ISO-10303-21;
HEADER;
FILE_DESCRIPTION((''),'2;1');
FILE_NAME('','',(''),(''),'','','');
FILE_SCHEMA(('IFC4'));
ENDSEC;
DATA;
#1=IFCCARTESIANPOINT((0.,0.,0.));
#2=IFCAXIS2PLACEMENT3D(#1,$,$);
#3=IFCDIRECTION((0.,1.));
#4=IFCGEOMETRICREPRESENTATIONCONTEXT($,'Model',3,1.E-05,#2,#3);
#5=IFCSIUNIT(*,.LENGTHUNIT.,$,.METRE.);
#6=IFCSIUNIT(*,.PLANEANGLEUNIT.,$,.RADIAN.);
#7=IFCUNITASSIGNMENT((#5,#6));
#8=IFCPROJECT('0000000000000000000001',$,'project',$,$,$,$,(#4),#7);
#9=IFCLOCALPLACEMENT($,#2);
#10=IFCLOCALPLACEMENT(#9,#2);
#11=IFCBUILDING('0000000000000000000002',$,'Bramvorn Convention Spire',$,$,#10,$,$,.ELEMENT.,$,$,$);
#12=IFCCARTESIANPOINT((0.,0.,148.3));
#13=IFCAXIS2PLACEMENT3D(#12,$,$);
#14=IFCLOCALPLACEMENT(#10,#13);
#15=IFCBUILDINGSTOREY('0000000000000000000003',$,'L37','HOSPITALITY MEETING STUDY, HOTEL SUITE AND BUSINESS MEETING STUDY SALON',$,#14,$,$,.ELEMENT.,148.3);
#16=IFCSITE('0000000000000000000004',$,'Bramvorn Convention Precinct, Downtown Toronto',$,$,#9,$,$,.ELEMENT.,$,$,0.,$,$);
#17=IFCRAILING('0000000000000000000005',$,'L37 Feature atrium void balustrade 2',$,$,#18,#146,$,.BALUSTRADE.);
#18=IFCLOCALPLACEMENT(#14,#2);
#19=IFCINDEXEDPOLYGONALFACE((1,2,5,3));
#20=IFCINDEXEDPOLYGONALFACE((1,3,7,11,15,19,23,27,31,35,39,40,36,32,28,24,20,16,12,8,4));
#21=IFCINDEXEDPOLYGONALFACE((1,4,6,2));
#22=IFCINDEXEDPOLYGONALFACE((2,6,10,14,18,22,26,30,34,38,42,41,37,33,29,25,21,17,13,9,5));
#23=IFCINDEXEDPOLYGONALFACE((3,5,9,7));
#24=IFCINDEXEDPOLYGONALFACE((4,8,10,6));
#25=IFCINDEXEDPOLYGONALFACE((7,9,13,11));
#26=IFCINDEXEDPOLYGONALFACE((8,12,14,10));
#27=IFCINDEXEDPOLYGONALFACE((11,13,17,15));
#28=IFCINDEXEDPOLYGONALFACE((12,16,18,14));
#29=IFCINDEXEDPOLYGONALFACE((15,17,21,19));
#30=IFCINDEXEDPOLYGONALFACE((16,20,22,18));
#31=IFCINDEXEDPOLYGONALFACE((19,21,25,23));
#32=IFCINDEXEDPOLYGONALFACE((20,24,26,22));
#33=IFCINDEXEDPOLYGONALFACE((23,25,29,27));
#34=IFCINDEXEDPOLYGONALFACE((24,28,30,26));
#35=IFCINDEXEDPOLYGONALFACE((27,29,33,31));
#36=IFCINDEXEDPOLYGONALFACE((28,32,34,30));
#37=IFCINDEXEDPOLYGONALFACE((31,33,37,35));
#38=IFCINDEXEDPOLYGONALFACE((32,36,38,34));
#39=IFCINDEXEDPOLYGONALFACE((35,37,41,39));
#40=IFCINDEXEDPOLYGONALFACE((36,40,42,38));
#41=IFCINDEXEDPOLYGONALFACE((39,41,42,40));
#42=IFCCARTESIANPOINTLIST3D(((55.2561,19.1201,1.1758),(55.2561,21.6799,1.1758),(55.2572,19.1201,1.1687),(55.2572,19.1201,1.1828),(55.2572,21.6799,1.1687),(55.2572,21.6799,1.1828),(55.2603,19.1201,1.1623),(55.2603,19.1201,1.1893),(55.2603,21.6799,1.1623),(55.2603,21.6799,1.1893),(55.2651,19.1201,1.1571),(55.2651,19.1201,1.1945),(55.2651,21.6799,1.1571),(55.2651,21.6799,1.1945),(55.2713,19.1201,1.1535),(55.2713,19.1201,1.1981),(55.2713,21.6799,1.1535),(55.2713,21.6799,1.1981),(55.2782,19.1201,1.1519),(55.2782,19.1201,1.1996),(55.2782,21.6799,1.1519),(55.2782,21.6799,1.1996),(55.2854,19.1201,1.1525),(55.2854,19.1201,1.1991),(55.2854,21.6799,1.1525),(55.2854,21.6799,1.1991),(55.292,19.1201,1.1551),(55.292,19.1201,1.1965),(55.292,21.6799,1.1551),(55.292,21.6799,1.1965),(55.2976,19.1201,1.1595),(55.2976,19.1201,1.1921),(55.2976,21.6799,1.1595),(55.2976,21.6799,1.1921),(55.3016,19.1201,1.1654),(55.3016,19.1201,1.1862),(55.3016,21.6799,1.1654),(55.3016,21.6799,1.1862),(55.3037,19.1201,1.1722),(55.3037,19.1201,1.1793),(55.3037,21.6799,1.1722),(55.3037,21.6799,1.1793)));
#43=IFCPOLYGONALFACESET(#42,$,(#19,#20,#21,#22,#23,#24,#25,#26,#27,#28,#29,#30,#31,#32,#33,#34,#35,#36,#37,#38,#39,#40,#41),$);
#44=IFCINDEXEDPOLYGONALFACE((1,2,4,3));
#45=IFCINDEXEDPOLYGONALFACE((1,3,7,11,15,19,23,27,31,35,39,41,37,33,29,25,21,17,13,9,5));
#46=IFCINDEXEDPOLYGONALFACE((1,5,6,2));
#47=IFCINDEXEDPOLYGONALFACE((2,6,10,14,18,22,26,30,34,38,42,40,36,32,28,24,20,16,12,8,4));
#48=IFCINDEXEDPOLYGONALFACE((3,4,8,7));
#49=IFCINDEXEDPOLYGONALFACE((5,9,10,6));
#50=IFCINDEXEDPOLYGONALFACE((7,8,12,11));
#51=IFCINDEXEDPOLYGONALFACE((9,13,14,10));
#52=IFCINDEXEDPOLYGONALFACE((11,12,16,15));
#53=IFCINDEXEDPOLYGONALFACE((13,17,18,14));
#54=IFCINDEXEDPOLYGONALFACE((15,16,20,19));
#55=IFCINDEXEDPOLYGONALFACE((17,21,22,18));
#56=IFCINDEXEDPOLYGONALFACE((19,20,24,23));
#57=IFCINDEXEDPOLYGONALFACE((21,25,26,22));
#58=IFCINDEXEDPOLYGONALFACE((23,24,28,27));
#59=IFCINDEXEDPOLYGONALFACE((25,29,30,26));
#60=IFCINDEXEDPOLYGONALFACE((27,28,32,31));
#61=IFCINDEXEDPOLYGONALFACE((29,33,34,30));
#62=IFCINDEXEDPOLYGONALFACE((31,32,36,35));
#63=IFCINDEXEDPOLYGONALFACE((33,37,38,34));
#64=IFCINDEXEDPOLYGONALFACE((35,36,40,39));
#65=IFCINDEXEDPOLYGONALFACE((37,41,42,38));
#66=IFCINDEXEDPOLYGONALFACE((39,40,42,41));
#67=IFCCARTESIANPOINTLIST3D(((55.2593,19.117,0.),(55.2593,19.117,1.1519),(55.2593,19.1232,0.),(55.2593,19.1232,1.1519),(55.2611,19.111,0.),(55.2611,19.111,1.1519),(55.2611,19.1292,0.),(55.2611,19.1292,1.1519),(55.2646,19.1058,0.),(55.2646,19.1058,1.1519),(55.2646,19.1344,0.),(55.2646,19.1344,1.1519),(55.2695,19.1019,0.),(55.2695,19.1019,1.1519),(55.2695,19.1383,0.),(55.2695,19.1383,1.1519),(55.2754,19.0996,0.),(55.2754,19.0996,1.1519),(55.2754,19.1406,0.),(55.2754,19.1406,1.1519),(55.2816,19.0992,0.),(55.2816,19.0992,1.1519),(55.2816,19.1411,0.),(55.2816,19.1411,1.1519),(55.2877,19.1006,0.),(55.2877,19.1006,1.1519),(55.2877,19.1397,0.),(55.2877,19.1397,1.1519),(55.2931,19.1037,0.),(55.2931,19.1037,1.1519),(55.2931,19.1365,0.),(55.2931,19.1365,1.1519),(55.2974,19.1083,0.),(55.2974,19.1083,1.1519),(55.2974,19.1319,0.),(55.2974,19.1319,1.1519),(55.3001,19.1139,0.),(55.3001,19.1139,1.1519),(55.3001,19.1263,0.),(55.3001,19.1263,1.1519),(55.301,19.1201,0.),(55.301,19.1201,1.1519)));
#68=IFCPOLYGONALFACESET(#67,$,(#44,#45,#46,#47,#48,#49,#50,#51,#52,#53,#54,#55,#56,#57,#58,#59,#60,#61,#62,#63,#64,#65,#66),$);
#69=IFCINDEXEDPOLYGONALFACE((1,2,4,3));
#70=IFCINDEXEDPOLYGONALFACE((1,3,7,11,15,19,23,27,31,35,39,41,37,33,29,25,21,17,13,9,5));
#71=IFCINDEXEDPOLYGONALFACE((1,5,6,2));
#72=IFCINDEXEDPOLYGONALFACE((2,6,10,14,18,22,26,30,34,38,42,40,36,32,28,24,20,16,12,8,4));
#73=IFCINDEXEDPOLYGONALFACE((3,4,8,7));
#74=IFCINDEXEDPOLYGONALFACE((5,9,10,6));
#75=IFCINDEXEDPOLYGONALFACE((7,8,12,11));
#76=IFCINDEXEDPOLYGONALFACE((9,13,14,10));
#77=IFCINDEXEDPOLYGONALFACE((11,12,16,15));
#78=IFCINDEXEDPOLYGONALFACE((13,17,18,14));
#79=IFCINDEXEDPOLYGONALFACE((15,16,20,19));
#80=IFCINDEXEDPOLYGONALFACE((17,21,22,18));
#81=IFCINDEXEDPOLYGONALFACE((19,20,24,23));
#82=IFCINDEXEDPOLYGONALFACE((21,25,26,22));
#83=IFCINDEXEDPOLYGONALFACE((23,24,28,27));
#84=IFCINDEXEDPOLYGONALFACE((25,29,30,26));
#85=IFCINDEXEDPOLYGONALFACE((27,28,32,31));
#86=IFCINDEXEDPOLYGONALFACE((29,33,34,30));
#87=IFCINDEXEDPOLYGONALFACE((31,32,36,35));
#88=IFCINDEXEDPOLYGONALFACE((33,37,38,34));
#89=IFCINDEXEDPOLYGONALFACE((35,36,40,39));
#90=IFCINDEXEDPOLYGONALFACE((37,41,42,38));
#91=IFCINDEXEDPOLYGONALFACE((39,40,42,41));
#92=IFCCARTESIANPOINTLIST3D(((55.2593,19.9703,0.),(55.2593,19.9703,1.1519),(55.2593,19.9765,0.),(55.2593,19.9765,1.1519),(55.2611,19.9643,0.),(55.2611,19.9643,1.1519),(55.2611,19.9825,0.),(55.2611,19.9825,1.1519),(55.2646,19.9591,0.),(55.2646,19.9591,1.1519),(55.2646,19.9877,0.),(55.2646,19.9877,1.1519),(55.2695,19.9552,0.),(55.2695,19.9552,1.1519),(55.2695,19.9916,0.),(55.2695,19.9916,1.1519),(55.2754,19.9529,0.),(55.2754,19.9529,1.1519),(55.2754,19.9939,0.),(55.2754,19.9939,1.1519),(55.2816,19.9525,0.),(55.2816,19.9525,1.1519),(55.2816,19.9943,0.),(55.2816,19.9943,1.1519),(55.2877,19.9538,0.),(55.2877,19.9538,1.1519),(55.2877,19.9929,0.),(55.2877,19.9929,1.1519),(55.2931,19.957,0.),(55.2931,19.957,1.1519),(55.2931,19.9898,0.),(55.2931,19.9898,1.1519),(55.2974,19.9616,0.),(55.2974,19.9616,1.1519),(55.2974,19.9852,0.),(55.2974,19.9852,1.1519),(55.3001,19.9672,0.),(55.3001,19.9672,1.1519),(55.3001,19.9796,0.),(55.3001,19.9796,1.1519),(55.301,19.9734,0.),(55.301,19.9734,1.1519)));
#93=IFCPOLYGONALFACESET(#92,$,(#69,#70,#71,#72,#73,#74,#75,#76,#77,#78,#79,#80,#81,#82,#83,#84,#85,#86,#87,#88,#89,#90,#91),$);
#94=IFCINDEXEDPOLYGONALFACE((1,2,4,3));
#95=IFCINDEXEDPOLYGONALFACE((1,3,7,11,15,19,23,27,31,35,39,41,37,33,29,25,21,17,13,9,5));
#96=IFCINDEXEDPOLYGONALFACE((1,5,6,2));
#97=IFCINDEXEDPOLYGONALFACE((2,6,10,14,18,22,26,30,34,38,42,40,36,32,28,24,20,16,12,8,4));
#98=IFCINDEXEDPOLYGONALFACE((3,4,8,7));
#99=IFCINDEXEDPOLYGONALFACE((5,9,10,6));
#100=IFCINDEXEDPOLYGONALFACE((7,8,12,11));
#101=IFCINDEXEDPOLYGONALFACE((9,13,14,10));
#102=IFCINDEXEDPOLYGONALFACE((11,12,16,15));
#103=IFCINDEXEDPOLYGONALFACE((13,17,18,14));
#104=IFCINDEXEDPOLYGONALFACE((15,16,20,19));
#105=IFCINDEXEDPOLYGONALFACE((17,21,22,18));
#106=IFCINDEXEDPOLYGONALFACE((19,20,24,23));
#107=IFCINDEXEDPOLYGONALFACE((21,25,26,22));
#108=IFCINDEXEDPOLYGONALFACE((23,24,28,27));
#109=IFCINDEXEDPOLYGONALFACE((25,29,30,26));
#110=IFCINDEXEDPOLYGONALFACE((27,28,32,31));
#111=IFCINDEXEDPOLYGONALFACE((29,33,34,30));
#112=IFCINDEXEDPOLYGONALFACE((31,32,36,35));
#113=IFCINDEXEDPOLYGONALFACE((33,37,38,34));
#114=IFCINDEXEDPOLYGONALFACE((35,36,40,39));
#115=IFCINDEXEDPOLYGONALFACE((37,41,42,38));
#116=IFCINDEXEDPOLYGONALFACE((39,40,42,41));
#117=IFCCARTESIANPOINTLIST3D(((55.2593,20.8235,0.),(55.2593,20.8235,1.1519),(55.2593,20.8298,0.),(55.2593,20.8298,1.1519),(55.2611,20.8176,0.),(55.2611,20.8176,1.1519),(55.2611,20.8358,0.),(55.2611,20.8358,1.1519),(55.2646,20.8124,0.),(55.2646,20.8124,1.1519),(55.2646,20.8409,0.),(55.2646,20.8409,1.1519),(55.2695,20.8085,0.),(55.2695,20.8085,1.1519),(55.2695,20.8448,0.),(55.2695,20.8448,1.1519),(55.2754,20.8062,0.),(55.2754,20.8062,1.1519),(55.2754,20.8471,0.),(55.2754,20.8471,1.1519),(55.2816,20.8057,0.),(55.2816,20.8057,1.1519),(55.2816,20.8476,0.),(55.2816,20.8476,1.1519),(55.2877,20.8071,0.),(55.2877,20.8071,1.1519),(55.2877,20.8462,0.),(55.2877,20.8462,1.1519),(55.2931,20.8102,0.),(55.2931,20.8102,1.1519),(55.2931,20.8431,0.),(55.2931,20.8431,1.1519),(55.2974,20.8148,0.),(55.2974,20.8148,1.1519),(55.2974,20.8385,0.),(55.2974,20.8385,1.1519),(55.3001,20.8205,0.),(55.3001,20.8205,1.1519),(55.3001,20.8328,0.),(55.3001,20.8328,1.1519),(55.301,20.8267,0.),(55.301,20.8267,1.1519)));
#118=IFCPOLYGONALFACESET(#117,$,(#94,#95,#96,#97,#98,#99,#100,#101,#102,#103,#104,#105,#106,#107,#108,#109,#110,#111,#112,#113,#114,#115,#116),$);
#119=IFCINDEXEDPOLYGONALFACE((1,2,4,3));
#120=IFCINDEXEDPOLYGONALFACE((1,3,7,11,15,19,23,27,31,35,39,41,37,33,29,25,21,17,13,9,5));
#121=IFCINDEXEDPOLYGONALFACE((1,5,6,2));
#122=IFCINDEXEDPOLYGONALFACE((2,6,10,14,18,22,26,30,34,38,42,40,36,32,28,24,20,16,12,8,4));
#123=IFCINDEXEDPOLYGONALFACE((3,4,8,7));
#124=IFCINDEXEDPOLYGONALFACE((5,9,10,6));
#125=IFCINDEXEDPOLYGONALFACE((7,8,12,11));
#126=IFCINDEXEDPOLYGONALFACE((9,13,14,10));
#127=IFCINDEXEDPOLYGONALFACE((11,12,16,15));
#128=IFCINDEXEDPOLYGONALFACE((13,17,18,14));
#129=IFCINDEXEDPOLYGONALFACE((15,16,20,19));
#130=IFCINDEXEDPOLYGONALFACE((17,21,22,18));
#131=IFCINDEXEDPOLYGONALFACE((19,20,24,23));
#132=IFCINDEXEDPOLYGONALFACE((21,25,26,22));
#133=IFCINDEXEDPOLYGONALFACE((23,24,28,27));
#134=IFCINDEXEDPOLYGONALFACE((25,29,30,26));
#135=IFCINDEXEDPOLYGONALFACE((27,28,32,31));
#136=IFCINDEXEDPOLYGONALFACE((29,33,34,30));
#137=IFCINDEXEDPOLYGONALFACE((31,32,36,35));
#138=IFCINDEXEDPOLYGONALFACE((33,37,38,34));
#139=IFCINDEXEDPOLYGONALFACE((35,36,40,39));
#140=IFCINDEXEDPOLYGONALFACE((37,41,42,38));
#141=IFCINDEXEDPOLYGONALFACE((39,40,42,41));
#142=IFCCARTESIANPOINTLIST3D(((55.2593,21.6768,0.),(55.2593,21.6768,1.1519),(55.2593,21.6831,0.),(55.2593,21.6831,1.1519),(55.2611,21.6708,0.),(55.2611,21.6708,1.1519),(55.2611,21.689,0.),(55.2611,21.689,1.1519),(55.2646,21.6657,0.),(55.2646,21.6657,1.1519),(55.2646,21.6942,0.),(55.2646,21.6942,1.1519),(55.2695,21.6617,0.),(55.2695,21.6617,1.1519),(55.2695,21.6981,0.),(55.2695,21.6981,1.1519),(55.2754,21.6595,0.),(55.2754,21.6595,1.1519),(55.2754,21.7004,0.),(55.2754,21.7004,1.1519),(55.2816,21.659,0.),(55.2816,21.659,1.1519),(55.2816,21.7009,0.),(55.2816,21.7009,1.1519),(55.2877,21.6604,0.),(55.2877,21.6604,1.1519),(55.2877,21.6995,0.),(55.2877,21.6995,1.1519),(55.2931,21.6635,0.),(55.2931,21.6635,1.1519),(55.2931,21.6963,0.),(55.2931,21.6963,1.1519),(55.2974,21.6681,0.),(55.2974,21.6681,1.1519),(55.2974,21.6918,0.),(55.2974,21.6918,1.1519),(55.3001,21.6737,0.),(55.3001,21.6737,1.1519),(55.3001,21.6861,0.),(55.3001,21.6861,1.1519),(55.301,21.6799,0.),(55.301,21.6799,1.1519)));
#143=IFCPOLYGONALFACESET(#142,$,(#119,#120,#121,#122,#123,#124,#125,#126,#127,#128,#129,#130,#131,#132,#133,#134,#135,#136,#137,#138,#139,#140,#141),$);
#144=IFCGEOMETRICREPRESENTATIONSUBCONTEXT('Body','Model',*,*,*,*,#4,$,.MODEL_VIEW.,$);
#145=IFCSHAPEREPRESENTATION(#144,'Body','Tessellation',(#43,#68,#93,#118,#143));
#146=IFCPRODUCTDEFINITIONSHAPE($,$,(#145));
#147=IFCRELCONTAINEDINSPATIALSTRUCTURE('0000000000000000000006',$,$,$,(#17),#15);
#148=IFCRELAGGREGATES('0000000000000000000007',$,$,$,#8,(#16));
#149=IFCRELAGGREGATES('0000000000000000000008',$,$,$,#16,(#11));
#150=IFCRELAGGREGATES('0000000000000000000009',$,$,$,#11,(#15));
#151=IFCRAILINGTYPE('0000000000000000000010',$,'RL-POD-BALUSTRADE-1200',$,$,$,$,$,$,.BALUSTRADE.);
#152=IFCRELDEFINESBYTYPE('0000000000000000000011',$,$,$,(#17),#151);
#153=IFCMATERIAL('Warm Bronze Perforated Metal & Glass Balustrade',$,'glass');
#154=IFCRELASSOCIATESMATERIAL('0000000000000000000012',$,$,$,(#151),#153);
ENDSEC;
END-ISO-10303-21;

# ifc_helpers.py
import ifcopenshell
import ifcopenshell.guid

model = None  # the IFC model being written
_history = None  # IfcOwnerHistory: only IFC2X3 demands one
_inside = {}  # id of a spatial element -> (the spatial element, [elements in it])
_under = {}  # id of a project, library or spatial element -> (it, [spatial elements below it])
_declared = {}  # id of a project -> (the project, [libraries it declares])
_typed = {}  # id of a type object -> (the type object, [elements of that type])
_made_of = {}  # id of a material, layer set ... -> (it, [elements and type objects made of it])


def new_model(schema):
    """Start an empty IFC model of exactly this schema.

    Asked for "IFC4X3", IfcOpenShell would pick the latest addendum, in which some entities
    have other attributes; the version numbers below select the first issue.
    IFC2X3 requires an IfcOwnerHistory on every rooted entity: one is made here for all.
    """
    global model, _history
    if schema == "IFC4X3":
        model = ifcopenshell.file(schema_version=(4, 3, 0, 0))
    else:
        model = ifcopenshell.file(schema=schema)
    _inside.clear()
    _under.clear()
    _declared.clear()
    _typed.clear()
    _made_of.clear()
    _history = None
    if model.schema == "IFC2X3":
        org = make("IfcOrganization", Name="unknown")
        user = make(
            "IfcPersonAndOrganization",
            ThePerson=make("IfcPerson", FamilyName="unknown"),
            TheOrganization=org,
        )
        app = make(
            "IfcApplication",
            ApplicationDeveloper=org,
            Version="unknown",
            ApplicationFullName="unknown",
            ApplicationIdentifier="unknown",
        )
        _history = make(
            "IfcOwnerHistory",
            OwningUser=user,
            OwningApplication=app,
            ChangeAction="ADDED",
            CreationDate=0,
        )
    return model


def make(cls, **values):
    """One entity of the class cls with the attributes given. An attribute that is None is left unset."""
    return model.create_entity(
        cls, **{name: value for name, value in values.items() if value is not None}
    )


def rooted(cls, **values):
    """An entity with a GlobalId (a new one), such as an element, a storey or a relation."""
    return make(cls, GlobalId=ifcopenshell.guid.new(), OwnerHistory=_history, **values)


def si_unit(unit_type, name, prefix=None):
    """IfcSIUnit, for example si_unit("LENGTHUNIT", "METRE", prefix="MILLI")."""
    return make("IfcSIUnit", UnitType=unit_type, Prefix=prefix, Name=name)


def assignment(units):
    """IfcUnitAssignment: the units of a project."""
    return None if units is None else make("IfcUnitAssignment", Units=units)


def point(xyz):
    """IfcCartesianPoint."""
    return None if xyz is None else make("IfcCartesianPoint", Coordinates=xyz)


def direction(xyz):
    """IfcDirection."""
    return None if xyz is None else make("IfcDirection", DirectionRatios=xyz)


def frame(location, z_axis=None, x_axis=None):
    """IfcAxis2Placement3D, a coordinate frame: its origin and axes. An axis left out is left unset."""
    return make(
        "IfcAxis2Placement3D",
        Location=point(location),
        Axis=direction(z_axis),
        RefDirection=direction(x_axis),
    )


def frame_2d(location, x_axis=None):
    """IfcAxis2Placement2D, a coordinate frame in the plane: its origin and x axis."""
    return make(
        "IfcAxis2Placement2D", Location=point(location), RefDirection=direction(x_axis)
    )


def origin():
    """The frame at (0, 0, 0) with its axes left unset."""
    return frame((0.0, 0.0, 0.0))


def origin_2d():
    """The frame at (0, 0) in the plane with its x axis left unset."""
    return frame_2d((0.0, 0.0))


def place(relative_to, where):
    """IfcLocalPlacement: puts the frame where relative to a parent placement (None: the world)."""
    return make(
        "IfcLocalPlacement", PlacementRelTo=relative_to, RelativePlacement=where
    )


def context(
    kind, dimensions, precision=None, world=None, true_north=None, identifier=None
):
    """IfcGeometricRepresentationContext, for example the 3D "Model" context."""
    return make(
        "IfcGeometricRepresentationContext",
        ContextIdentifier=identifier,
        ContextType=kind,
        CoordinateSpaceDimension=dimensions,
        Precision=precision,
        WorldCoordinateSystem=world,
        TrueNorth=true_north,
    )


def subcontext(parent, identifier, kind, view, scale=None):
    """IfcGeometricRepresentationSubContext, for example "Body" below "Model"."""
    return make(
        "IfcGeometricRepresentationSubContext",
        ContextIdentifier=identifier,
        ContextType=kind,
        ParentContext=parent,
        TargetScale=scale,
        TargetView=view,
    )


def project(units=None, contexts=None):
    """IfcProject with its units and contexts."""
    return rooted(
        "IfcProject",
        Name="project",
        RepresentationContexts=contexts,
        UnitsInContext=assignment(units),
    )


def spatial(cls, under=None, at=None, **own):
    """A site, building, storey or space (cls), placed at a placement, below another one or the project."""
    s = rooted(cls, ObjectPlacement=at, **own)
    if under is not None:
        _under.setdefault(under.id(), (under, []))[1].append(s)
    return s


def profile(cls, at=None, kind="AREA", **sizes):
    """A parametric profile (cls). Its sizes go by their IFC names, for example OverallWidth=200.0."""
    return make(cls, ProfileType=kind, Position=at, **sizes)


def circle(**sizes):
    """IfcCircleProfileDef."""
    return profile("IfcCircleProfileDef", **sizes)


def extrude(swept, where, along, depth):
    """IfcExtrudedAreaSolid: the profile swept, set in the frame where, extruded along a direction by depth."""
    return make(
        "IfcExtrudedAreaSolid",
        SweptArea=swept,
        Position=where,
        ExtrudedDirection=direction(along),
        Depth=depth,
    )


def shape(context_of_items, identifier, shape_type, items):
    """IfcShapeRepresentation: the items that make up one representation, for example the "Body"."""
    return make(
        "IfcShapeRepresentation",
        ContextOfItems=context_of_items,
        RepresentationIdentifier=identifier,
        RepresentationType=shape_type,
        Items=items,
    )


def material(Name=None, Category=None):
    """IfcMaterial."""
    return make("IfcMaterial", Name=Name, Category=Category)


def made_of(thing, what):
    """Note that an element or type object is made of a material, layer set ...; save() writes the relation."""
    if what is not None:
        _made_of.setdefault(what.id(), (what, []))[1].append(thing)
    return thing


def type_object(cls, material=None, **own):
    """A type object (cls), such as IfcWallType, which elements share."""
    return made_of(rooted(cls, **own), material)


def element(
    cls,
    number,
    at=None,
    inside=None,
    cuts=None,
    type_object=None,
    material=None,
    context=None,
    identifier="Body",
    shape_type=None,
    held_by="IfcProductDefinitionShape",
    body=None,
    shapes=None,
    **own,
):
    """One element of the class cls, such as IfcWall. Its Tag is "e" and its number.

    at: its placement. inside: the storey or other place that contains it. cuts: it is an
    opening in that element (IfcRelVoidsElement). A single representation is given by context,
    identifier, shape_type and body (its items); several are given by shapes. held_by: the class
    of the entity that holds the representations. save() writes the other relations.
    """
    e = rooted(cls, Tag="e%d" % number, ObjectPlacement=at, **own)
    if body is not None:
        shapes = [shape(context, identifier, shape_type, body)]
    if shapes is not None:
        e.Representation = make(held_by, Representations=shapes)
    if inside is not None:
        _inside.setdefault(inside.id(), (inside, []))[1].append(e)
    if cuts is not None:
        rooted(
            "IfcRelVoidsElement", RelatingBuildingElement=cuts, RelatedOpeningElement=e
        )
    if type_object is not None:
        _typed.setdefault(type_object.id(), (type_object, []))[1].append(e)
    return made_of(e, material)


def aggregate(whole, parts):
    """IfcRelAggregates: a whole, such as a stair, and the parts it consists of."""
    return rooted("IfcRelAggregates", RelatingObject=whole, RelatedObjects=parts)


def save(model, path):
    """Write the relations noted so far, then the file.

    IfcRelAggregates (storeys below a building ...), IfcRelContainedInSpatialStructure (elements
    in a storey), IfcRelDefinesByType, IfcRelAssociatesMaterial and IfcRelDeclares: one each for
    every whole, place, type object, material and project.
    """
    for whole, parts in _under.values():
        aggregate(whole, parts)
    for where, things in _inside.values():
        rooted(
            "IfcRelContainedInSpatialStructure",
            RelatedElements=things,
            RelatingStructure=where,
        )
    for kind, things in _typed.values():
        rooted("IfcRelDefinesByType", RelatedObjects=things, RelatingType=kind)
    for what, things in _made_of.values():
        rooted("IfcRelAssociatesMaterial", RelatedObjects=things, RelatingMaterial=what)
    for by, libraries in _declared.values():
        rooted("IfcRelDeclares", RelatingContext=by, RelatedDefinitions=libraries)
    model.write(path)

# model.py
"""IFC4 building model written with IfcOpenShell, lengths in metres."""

from ifc_helpers import new_model, si_unit, direction, frame, origin, origin_2d, place, context, subcontext, project, spatial, circle, extrude, material, type_object, element, save


model = new_model("IFC4")

# Units and contexts
model_context = context("Model", 3, precision=1e-05, world=origin(), true_north=direction((0.0, 1.0)))
body_context = subcontext(model_context, "Body", "Model", "MODEL_VIEW")
ifc_project = project(units=[si_unit("LENGTHUNIT", "METRE"), si_unit("PLANEANGLEUNIT", "RADIAN")], contexts=[model_context])

# Site, building, storey
site_placement = place(None, origin())
site = spatial("IfcSite", under=ifc_project, at=site_placement, Name="Bramvorn Convention Precinct, Downtown Toronto", CompositionType="ELEMENT", RefElevation=0.0)
building_placement = place(site_placement, origin())
building = spatial("IfcBuilding", under=site, at=building_placement, Name="Bramvorn Convention Spire", CompositionType="ELEMENT")
storey_placement = place(building_placement, frame((0.0, 0.0, 148.3)))
storey = spatial("IfcBuildingStorey", under=building, at=storey_placement, Name="L37", Description="HOSPITALITY MEETING STUDY, HOTEL SUITE AND BUSINESS MEETING STUDY SALON", CompositionType="ELEMENT", Elevation=148.3)

# Railing
ifc_material_1 = material(Name="Warm Bronze Perforated Metal & Glass Balustrade", Category="glass")
railing_type = type_object("IfcRailingType", Name="RL-POD-BALUSTRADE-1200", PredefinedType="BALUSTRADE", material=ifc_material_1)
railing_1_placement = place(storey_placement, frame((55.28, 19.1201, 0.0)))
element("IfcRailing", 1, at=railing_1_placement, inside=storey, type_object=railing_type, Name="L37 Feature atrium void balustrade 2", PredefinedType="BALUSTRADE", context=body_context, shape_type="SweptSolid", body=[
    extrude(circle(Radius=0.0239, at=origin_2d()), frame((0.0, 0.0, 1.1758), z_axis=(0.0, 1.0, 0.0), x_axis=(-1.0, 0.0, 0.0)), (0.0, 0.0, 1.0), 2.5598),
    extrude(circle(Radius=0.021, at=origin_2d()), origin(), (0.0, 0.0, 1.0), 1.1519),
    extrude(circle(Radius=0.021, at=origin_2d()), frame((0.0, 0.8533, 0.0)), (0.0, 0.0, 1.0), 1.1519),
    extrude(circle(Radius=0.021, at=origin_2d()), frame((0.0, 1.7065, 0.0)), (0.0, 0.0, 1.0), 1.1519),
    extrude(circle(Radius=0.021, at=origin_2d()), frame((0.0, 2.5598, 0.0)), (0.0, 0.0, 1.0), 1.1519),
])

save(model, "model.ifc")
